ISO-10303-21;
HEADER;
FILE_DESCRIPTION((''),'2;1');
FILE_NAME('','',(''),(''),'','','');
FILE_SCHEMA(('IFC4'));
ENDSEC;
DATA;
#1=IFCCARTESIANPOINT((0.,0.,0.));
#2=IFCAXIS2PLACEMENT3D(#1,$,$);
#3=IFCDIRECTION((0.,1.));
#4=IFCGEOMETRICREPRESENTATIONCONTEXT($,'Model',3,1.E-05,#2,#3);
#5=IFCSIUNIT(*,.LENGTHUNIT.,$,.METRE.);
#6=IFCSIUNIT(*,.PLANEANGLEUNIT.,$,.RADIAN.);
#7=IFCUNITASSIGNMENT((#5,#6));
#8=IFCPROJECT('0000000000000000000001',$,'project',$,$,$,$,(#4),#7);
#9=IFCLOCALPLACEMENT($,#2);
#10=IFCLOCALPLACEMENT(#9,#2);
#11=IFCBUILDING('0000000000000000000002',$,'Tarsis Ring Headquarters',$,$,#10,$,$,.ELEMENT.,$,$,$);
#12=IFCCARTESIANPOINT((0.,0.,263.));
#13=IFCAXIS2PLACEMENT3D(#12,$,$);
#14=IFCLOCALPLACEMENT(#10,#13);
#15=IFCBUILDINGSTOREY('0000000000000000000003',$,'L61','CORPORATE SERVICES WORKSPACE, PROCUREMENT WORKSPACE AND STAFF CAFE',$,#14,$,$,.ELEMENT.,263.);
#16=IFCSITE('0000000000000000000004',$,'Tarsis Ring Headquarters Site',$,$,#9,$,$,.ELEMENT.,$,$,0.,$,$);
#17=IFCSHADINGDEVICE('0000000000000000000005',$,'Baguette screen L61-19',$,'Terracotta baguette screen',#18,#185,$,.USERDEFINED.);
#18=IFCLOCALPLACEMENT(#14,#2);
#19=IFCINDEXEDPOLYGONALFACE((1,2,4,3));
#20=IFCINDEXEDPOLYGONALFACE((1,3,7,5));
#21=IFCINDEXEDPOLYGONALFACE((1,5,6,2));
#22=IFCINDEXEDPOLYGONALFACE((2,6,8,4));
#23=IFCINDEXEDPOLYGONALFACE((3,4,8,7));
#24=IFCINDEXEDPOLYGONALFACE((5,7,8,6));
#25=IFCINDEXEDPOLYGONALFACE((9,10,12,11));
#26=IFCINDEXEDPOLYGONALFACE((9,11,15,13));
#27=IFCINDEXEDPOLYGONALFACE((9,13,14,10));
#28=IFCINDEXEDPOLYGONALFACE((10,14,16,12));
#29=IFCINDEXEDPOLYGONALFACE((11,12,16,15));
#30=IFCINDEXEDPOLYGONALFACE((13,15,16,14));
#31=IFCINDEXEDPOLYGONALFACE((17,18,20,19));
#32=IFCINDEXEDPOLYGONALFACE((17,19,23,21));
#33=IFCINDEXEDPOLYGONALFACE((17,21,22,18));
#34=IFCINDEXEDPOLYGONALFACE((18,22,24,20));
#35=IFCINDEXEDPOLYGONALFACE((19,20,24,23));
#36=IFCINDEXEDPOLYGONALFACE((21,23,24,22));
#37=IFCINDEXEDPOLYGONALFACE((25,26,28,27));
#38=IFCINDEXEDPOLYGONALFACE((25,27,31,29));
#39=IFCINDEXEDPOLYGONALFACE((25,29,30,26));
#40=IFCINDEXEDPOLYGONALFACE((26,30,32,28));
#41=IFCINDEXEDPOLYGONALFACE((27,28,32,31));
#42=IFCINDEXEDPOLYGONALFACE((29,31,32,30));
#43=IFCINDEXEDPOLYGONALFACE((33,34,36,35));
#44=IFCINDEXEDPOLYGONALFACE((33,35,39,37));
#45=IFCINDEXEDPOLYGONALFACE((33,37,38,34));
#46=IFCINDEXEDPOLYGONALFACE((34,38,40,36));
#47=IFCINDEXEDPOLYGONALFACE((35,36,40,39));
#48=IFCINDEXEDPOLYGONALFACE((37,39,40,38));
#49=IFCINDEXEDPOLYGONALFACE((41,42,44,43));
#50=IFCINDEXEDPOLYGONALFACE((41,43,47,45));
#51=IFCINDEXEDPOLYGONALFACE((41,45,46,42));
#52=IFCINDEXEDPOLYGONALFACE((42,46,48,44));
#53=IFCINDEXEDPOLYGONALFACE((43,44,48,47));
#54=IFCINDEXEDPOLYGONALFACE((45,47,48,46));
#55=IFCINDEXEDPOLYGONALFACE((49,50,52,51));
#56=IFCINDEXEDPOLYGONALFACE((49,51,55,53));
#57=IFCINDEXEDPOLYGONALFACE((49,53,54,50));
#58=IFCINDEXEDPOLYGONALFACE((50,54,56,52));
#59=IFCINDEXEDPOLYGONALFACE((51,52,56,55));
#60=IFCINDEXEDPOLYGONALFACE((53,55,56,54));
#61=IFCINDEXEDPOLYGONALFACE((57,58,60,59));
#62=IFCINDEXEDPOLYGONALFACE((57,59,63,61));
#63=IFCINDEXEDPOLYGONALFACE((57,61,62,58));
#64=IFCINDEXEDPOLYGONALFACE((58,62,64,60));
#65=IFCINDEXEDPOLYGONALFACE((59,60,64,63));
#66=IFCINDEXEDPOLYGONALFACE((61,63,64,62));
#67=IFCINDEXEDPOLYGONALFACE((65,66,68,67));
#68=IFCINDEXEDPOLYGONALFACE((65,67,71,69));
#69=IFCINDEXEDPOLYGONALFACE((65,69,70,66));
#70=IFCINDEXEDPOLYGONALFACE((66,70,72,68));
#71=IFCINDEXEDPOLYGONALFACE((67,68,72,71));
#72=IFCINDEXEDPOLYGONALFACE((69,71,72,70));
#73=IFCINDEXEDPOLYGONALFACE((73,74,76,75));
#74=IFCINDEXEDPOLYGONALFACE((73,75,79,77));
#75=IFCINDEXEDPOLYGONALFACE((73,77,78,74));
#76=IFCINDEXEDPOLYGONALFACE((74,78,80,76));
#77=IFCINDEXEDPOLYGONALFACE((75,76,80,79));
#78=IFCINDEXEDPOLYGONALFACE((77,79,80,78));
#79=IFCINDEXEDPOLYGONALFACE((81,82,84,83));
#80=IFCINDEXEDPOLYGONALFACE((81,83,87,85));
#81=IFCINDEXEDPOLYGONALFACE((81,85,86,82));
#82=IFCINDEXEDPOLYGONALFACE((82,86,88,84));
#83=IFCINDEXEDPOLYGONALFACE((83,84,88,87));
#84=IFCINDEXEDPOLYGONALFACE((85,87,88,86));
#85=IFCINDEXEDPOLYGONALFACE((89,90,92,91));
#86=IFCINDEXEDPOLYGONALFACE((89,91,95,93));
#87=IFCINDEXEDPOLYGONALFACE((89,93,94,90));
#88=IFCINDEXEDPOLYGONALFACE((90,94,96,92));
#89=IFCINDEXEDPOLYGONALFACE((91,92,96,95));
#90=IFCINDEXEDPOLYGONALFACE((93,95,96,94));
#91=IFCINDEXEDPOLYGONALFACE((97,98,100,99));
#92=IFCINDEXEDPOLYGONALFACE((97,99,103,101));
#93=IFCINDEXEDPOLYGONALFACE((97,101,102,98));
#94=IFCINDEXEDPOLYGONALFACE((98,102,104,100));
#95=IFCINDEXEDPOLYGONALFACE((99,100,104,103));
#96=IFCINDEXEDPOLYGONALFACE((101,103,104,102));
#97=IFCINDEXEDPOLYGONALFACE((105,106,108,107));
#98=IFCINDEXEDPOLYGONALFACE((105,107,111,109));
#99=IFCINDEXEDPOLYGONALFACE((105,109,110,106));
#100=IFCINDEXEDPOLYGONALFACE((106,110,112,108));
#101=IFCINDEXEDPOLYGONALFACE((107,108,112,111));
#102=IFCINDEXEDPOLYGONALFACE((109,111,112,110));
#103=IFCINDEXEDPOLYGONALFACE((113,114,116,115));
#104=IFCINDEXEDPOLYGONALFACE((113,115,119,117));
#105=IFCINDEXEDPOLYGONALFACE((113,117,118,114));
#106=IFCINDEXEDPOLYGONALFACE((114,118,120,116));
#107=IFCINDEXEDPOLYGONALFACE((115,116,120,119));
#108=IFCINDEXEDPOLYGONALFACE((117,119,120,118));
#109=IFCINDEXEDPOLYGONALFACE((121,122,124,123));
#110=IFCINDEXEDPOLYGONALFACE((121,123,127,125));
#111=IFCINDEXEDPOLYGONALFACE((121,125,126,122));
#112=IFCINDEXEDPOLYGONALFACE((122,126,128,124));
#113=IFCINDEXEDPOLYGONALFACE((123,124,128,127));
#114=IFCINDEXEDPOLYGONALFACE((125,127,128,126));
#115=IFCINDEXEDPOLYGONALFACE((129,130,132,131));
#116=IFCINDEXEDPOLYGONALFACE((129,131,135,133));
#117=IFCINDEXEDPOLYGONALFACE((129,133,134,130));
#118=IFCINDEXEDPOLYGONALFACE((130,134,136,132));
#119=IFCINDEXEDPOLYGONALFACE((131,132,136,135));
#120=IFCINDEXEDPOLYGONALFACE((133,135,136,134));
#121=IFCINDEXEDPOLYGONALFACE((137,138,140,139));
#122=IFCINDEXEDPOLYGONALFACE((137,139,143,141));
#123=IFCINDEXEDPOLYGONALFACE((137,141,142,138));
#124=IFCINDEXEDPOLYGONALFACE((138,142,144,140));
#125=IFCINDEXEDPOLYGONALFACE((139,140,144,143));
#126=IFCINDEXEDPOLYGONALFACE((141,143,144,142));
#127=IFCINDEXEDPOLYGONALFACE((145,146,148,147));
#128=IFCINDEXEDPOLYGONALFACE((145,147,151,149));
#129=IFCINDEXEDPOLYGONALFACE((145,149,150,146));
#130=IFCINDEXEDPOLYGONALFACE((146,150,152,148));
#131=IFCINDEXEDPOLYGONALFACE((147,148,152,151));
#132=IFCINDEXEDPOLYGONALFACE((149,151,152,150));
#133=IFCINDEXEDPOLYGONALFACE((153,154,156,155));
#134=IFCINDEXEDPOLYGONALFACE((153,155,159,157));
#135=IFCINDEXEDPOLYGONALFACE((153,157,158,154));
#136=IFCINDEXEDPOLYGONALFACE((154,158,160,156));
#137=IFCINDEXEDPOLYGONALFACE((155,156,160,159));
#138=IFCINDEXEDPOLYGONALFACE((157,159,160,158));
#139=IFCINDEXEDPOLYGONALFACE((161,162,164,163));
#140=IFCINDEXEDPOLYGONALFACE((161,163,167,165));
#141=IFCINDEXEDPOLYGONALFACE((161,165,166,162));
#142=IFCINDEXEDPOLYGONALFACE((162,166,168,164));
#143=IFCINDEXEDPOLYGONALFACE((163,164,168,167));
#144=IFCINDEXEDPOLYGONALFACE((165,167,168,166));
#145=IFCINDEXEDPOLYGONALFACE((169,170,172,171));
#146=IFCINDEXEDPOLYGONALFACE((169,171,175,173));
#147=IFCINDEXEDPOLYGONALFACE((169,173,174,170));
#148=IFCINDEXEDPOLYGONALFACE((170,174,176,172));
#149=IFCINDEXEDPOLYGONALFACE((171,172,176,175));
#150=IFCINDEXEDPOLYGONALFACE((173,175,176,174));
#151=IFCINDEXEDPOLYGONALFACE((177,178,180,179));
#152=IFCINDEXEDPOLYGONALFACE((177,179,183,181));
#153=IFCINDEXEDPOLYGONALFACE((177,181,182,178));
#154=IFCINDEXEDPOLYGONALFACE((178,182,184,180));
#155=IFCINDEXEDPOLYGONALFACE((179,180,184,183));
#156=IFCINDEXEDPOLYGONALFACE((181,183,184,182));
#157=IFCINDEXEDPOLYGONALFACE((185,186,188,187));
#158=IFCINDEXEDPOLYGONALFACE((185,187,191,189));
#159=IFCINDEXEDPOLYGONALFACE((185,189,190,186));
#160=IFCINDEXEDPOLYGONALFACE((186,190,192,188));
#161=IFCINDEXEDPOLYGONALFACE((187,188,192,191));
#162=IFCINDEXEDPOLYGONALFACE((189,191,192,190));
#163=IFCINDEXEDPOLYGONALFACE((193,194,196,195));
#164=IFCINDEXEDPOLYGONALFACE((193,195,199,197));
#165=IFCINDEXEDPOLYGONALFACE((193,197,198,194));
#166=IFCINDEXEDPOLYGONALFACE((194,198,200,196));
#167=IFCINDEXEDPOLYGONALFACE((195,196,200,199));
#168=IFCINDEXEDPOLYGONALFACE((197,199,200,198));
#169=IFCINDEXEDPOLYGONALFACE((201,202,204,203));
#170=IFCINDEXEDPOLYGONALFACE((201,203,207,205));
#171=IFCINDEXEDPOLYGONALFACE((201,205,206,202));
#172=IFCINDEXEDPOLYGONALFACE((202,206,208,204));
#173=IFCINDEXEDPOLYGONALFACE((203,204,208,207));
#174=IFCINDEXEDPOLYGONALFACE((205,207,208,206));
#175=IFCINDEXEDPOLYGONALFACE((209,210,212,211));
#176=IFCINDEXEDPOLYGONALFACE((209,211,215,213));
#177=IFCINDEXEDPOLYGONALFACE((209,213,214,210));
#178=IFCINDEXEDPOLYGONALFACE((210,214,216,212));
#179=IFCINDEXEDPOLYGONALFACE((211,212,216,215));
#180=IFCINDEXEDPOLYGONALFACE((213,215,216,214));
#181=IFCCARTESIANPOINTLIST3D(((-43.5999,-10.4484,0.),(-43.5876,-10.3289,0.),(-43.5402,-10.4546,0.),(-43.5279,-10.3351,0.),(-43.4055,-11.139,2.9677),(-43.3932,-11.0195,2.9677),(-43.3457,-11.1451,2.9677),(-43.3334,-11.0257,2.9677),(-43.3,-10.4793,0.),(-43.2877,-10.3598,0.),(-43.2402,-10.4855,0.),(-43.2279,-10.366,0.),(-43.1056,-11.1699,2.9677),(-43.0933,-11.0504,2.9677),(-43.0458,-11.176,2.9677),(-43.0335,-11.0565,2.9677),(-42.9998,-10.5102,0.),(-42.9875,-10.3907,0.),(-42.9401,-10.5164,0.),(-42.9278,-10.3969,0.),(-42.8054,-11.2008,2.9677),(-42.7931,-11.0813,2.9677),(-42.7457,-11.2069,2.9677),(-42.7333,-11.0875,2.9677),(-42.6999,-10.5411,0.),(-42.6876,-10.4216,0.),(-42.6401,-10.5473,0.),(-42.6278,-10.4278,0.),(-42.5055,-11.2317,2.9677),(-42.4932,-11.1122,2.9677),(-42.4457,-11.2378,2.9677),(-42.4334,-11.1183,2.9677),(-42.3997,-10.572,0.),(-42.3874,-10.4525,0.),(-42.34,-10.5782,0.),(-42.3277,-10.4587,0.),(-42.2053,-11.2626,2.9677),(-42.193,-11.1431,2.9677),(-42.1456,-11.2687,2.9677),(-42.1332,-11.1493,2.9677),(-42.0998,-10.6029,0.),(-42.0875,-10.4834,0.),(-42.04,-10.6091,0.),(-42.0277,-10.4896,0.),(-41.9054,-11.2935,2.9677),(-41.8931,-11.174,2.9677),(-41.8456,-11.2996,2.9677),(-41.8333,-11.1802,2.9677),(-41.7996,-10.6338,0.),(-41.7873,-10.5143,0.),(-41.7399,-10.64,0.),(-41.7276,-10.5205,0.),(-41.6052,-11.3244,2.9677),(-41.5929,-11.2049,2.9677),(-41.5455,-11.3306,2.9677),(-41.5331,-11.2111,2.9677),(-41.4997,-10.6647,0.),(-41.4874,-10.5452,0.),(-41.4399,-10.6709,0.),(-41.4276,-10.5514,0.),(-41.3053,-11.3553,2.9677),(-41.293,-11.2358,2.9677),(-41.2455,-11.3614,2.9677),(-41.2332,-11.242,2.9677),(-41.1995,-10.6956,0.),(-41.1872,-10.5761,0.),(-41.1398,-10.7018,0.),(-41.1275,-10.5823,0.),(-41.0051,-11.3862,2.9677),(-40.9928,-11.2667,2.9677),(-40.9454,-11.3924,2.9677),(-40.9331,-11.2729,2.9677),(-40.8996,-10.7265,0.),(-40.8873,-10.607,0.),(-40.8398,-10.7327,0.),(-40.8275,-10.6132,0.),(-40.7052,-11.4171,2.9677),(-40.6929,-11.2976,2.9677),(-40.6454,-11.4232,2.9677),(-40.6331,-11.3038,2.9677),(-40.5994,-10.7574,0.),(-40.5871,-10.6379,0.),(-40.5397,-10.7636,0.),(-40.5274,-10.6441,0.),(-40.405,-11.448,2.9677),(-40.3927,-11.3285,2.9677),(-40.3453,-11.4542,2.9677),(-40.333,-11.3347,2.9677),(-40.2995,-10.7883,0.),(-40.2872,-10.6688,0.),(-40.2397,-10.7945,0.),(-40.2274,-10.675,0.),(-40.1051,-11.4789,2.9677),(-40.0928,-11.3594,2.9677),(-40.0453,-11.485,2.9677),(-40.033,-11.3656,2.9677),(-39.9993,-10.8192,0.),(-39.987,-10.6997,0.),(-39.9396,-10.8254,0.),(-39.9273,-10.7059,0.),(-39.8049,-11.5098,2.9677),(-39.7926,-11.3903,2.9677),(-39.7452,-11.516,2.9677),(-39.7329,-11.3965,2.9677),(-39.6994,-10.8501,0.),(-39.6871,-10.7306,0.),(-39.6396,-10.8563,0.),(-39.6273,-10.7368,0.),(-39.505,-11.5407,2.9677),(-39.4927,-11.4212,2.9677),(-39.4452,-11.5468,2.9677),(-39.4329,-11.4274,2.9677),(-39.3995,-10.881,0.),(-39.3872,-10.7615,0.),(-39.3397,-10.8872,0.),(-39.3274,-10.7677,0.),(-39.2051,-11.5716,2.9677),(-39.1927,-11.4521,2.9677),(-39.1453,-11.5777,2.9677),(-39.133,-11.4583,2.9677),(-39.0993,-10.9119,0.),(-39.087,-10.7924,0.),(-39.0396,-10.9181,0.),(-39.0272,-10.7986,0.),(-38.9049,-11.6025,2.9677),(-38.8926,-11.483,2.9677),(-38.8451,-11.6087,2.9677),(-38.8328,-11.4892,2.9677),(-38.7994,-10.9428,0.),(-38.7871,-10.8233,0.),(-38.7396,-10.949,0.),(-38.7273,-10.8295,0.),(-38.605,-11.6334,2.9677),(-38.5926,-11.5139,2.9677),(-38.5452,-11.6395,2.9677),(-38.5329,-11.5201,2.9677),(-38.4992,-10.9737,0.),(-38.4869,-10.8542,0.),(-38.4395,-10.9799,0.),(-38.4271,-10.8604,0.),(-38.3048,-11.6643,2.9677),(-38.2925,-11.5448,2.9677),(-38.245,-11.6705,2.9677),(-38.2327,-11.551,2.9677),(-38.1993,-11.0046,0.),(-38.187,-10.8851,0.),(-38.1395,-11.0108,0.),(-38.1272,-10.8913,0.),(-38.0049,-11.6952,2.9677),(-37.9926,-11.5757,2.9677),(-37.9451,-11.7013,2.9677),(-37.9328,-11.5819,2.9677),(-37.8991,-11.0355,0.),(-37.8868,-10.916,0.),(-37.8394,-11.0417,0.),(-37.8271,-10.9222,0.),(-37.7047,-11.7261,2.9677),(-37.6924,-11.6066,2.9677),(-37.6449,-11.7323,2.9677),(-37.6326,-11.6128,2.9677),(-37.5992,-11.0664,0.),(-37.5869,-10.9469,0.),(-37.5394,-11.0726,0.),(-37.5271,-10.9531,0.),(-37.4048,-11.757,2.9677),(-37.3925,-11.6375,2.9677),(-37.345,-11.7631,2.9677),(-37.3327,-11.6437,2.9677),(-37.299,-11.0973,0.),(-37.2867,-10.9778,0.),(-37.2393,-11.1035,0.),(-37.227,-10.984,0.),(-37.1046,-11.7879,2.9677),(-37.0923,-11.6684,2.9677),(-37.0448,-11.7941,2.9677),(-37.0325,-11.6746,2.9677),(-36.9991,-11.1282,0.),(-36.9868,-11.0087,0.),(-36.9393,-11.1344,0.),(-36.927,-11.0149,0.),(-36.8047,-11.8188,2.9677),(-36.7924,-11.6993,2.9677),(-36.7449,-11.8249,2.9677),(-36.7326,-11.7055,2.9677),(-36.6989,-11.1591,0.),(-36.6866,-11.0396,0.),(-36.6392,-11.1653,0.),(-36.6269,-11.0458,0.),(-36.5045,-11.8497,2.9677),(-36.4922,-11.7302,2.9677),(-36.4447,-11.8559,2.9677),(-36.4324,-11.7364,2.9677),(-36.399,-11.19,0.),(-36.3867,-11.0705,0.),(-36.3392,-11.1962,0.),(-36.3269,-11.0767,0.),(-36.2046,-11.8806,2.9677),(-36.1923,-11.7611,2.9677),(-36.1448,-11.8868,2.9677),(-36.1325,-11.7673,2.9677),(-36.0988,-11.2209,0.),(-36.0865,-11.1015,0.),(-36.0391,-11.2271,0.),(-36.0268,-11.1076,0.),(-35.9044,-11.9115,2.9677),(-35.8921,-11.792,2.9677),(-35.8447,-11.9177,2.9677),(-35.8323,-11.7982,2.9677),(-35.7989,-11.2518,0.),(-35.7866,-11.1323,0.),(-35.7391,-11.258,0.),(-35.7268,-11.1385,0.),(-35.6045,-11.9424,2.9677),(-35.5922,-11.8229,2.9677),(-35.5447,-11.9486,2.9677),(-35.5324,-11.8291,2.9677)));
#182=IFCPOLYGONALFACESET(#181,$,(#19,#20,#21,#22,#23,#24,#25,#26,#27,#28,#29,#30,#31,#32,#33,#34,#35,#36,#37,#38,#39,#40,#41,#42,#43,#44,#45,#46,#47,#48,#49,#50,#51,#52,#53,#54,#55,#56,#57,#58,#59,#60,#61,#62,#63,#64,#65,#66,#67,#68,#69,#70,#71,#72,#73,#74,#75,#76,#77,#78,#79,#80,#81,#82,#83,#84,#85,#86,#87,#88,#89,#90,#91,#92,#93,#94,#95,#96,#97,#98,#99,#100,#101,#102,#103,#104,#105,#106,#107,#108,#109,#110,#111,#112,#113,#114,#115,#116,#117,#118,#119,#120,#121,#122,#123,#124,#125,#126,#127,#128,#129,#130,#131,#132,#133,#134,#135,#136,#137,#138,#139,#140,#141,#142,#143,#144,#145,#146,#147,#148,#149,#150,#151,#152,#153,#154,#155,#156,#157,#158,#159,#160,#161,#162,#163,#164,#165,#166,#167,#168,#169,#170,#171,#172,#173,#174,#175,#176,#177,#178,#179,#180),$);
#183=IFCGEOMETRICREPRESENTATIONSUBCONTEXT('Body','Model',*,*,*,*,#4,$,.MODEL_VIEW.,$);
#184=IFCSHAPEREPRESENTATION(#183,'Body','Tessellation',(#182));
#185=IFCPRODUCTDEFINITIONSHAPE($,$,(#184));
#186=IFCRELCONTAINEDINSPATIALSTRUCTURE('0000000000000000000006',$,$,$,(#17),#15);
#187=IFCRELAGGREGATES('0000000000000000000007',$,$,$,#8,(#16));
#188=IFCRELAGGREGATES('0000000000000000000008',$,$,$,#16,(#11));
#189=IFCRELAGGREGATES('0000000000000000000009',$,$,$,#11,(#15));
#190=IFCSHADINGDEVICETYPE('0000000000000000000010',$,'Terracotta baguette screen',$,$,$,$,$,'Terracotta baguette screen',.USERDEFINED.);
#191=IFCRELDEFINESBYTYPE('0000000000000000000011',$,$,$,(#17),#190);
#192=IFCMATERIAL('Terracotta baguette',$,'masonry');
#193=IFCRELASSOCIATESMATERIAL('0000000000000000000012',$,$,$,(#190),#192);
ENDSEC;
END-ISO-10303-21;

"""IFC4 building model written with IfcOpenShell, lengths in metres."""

from ifc_helpers import new_model, si_unit, direction, frame, frame_2d, origin, place, context, subcontext, project, spatial, rectangle, composite_profile, extrude, material, type_object, element, save


model = new_model("IFC4")

# Units and contexts
model_context = context("Model", 3, precision=1e-05, world=origin(), true_north=direction((0.0, 1.0)))
body_context = subcontext(model_context, "Body", "Model", "MODEL_VIEW")
ifc_project = project(units=[si_unit("LENGTHUNIT", "METRE"), si_unit("PLANEANGLEUNIT", "RADIAN")], contexts=[model_context])

# Site, building, storey
site_placement = place(None, origin())
site = spatial("IfcSite", under=ifc_project, at=site_placement, Name="Tarsis Ring Headquarters Site", CompositionType="ELEMENT", RefElevation=0.0)
building_placement = place(site_placement, origin())
building = spatial("IfcBuilding", under=site, at=building_placement, Name="Tarsis Ring Headquarters", CompositionType="ELEMENT")
storey_placement = place(building_placement, frame((0.0, 0.0, 263.0)))
storey = spatial("IfcBuildingStorey", under=building, at=storey_placement, Name="L61", Description="CORPORATE SERVICES WORKSPACE, PROCUREMENT WORKSPACE AND STAFF CAFE", CompositionType="ELEMENT", Elevation=263.0)

# Shading device
ifc_material_1 = material(Name="Terracotta baguette", Category="masonry")
shading_device_type_1 = type_object("IfcShadingDeviceType", Name="Terracotta baguette screen", ElementType="Terracotta baguette screen", PredefinedType="USERDEFINED", material=ifc_material_1)
shading_device_1_placement = place(storey_placement, frame((-43.5938, -10.3887, 0.0), z_axis=(0.0, 0.0, 1.0), x_axis=(0.994748, -0.102447, 0.0)))
element("IfcShadingDevice", 1, at=shading_device_1_placement, inside=storey, type_object=shading_device_type_1, Name="Baguette screen L61-19", ObjectType="Terracotta baguette screen", PredefinedType="USERDEFINED", context=body_context, shape_type="SweptSolid", body=[
    extrude(composite_profile([rectangle(XDim=0.0601, YDim=0.1201, at=frame_2d((0.03, 0.0))), rectangle(XDim=0.0601, YDim=0.1201, at=frame_2d((0.3315, 0.0))), rectangle(XDim=0.0601, YDim=0.1201, at=frame_2d((0.6333, 0.0))), rectangle(XDim=0.0601, YDim=0.1201, at=frame_2d((0.9348, 0.0))), rectangle(XDim=0.0601, YDim=0.1201, at=frame_2d((1.2366, 0.0))), rectangle(XDim=0.0601, YDim=0.1201, at=frame_2d((1.5381, 0.0))), rectangle(XDim=0.0601, YDim=0.1201, at=frame_2d((1.8398, 0.0))), rectangle(XDim=0.0601, YDim=0.1201, at=frame_2d((2.1414, 0.0))), rectangle(XDim=0.0601, YDim=0.1201, at=frame_2d((2.4431, 0.0))), rectangle(XDim=0.0601, YDim=0.1201, at=frame_2d((2.7446, 0.0))), rectangle(XDim=0.0601, YDim=0.1201, at=frame_2d((3.0464, 0.0))), rectangle(XDim=0.0601, YDim=0.1201, at=frame_2d((3.3479, 0.0))), rectangle(XDim=0.0601, YDim=0.1201, at=frame_2d((3.6497, 0.0))), rectangle(XDim=0.0601, YDim=0.1201, at=frame_2d((3.9512, 0.0))), rectangle(XDim=0.0601, YDim=0.1201, at=frame_2d((4.2527, 0.0))), rectangle(XDim=0.0601, YDim=0.1201, at=frame_2d((4.5544, 0.0))), rectangle(XDim=0.0601, YDim=0.1201, at=frame_2d((4.856, 0.0))), rectangle(XDim=0.0601, YDim=0.1201, at=frame_2d((5.1577, 0.0))), rectangle(XDim=0.0601, YDim=0.1201, at=frame_2d((5.4592, 0.0))), rectangle(XDim=0.0601, YDim=0.1201, at=frame_2d((5.761, 0.0))), rectangle(XDim=0.0601, YDim=0.1201, at=frame_2d((6.0625, 0.0))), rectangle(XDim=0.0601, YDim=0.1201, at=frame_2d((6.3643, 0.0))), rectangle(XDim=0.0601, YDim=0.1201, at=frame_2d((6.6658, 0.0))), rectangle(XDim=0.0601, YDim=0.1201, at=frame_2d((6.9675, 0.0))), rectangle(XDim=0.0601, YDim=0.1201, at=frame_2d((7.269, 0.0))), rectangle(XDim=0.0601, YDim=0.1201, at=frame_2d((7.5708, 0.0))), rectangle(XDim=0.0601, YDim=0.1201, at=frame_2d((7.8723, 0.0)))]), origin(), (0.086511, -0.218466, 0.972002), 3.0532),
])

save(model, "model.ifc")
